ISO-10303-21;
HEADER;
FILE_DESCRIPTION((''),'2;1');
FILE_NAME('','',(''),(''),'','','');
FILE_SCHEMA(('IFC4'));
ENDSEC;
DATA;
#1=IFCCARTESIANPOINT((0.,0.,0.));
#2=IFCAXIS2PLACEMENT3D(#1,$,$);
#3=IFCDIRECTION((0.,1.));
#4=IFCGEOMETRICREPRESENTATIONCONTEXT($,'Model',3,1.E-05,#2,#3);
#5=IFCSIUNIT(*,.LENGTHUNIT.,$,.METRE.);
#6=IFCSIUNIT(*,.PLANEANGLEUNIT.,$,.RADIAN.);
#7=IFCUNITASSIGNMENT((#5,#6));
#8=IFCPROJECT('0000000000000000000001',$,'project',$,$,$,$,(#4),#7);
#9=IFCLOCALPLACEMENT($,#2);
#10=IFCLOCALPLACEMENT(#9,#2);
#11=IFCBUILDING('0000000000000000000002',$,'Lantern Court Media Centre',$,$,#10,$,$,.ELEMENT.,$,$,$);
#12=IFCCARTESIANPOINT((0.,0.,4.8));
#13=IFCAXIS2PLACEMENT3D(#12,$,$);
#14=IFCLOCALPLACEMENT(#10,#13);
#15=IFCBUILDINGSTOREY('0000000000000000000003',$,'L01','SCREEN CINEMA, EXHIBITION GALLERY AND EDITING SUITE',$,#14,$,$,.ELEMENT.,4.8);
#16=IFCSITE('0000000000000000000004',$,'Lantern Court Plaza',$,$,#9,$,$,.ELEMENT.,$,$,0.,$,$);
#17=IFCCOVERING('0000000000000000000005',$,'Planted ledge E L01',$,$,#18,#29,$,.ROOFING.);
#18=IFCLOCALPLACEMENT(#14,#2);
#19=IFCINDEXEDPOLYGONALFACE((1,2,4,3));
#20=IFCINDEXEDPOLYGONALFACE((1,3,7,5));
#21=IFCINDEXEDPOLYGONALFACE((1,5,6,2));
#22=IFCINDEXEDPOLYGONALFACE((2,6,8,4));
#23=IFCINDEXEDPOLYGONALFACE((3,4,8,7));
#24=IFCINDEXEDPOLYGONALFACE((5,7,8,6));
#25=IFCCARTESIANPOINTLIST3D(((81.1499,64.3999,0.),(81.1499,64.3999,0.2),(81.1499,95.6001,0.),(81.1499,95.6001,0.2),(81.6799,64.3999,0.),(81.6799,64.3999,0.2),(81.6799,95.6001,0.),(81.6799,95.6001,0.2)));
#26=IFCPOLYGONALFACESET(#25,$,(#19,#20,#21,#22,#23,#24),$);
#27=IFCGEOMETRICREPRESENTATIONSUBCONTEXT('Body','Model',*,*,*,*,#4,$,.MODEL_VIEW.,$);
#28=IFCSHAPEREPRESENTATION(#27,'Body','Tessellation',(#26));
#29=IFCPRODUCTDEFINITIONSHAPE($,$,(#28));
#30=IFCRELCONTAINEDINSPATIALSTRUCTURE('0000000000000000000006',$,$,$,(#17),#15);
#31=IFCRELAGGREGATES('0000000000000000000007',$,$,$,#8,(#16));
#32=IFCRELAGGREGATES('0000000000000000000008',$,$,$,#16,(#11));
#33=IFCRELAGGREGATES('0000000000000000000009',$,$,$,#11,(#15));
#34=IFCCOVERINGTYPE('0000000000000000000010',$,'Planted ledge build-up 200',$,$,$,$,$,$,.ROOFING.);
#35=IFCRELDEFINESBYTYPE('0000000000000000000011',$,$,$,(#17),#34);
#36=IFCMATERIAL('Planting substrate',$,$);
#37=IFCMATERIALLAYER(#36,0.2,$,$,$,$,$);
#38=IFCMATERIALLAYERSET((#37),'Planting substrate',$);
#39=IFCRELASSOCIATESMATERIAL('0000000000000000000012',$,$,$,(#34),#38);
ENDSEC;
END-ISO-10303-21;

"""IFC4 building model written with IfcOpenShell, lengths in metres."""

from ifc_helpers import new_model, si_unit, direction, frame, origin, place, context, subcontext, project, spatial, polyline, outline, extrude, material, layer, layer_set, type_object, element, save


model = new_model("IFC4")

# Units and contexts
model_context = context("Model", 3, precision=1e-05, world=origin(), true_north=direction((0.0, 1.0)))
body_context = subcontext(model_context, "Body", "Model", "MODEL_VIEW")
ifc_project = project(units=[si_unit("LENGTHUNIT", "METRE"), si_unit("PLANEANGLEUNIT", "RADIAN")], contexts=[model_context])

# Site, building, storey
site_placement = place(None, origin())
site = spatial("IfcSite", under=ifc_project, at=site_placement, Name="Lantern Court Plaza", CompositionType="ELEMENT", RefElevation=0.0)
building_placement = place(site_placement, origin())
building = spatial("IfcBuilding", under=site, at=building_placement, Name="Lantern Court Media Centre", CompositionType="ELEMENT")
storey_placement = place(building_placement, frame((0.0, 0.0, 4.8)))
storey = spatial("IfcBuildingStorey", under=building, at=storey_placement, Name="L01", Description="SCREEN CINEMA, EXHIBITION GALLERY AND EDITING SUITE", CompositionType="ELEMENT", Elevation=4.8)

# Covering
ifc_material_1 = material(Name="Planting substrate")
ifc_layer_1 = layer(ifc_material_1, 0.2)
ifc_layer_set_1 = layer_set([ifc_layer_1], Name="Planting substrate")
covering_type = type_object("IfcCoveringType", Name="Planted ledge build-up 200", PredefinedType="ROOFING", material=ifc_layer_set_1)
covering_1_placement = place(storey_placement, origin())
element("IfcCovering", 1, at=covering_1_placement, inside=storey, type_object=covering_type, Name="Planted ledge E L01", PredefinedType="ROOFING", context=body_context, shape_type="SweptSolid", body=[
    extrude(outline(polyline([(81.1499, 64.3999), (81.1499, 95.6001), (81.6799, 95.6001), (81.6799, 64.3999), (81.1499, 64.3999)])), origin(), (0.0, 0.0, 1.0), 0.2),
])

save(model, "model.ifc")
